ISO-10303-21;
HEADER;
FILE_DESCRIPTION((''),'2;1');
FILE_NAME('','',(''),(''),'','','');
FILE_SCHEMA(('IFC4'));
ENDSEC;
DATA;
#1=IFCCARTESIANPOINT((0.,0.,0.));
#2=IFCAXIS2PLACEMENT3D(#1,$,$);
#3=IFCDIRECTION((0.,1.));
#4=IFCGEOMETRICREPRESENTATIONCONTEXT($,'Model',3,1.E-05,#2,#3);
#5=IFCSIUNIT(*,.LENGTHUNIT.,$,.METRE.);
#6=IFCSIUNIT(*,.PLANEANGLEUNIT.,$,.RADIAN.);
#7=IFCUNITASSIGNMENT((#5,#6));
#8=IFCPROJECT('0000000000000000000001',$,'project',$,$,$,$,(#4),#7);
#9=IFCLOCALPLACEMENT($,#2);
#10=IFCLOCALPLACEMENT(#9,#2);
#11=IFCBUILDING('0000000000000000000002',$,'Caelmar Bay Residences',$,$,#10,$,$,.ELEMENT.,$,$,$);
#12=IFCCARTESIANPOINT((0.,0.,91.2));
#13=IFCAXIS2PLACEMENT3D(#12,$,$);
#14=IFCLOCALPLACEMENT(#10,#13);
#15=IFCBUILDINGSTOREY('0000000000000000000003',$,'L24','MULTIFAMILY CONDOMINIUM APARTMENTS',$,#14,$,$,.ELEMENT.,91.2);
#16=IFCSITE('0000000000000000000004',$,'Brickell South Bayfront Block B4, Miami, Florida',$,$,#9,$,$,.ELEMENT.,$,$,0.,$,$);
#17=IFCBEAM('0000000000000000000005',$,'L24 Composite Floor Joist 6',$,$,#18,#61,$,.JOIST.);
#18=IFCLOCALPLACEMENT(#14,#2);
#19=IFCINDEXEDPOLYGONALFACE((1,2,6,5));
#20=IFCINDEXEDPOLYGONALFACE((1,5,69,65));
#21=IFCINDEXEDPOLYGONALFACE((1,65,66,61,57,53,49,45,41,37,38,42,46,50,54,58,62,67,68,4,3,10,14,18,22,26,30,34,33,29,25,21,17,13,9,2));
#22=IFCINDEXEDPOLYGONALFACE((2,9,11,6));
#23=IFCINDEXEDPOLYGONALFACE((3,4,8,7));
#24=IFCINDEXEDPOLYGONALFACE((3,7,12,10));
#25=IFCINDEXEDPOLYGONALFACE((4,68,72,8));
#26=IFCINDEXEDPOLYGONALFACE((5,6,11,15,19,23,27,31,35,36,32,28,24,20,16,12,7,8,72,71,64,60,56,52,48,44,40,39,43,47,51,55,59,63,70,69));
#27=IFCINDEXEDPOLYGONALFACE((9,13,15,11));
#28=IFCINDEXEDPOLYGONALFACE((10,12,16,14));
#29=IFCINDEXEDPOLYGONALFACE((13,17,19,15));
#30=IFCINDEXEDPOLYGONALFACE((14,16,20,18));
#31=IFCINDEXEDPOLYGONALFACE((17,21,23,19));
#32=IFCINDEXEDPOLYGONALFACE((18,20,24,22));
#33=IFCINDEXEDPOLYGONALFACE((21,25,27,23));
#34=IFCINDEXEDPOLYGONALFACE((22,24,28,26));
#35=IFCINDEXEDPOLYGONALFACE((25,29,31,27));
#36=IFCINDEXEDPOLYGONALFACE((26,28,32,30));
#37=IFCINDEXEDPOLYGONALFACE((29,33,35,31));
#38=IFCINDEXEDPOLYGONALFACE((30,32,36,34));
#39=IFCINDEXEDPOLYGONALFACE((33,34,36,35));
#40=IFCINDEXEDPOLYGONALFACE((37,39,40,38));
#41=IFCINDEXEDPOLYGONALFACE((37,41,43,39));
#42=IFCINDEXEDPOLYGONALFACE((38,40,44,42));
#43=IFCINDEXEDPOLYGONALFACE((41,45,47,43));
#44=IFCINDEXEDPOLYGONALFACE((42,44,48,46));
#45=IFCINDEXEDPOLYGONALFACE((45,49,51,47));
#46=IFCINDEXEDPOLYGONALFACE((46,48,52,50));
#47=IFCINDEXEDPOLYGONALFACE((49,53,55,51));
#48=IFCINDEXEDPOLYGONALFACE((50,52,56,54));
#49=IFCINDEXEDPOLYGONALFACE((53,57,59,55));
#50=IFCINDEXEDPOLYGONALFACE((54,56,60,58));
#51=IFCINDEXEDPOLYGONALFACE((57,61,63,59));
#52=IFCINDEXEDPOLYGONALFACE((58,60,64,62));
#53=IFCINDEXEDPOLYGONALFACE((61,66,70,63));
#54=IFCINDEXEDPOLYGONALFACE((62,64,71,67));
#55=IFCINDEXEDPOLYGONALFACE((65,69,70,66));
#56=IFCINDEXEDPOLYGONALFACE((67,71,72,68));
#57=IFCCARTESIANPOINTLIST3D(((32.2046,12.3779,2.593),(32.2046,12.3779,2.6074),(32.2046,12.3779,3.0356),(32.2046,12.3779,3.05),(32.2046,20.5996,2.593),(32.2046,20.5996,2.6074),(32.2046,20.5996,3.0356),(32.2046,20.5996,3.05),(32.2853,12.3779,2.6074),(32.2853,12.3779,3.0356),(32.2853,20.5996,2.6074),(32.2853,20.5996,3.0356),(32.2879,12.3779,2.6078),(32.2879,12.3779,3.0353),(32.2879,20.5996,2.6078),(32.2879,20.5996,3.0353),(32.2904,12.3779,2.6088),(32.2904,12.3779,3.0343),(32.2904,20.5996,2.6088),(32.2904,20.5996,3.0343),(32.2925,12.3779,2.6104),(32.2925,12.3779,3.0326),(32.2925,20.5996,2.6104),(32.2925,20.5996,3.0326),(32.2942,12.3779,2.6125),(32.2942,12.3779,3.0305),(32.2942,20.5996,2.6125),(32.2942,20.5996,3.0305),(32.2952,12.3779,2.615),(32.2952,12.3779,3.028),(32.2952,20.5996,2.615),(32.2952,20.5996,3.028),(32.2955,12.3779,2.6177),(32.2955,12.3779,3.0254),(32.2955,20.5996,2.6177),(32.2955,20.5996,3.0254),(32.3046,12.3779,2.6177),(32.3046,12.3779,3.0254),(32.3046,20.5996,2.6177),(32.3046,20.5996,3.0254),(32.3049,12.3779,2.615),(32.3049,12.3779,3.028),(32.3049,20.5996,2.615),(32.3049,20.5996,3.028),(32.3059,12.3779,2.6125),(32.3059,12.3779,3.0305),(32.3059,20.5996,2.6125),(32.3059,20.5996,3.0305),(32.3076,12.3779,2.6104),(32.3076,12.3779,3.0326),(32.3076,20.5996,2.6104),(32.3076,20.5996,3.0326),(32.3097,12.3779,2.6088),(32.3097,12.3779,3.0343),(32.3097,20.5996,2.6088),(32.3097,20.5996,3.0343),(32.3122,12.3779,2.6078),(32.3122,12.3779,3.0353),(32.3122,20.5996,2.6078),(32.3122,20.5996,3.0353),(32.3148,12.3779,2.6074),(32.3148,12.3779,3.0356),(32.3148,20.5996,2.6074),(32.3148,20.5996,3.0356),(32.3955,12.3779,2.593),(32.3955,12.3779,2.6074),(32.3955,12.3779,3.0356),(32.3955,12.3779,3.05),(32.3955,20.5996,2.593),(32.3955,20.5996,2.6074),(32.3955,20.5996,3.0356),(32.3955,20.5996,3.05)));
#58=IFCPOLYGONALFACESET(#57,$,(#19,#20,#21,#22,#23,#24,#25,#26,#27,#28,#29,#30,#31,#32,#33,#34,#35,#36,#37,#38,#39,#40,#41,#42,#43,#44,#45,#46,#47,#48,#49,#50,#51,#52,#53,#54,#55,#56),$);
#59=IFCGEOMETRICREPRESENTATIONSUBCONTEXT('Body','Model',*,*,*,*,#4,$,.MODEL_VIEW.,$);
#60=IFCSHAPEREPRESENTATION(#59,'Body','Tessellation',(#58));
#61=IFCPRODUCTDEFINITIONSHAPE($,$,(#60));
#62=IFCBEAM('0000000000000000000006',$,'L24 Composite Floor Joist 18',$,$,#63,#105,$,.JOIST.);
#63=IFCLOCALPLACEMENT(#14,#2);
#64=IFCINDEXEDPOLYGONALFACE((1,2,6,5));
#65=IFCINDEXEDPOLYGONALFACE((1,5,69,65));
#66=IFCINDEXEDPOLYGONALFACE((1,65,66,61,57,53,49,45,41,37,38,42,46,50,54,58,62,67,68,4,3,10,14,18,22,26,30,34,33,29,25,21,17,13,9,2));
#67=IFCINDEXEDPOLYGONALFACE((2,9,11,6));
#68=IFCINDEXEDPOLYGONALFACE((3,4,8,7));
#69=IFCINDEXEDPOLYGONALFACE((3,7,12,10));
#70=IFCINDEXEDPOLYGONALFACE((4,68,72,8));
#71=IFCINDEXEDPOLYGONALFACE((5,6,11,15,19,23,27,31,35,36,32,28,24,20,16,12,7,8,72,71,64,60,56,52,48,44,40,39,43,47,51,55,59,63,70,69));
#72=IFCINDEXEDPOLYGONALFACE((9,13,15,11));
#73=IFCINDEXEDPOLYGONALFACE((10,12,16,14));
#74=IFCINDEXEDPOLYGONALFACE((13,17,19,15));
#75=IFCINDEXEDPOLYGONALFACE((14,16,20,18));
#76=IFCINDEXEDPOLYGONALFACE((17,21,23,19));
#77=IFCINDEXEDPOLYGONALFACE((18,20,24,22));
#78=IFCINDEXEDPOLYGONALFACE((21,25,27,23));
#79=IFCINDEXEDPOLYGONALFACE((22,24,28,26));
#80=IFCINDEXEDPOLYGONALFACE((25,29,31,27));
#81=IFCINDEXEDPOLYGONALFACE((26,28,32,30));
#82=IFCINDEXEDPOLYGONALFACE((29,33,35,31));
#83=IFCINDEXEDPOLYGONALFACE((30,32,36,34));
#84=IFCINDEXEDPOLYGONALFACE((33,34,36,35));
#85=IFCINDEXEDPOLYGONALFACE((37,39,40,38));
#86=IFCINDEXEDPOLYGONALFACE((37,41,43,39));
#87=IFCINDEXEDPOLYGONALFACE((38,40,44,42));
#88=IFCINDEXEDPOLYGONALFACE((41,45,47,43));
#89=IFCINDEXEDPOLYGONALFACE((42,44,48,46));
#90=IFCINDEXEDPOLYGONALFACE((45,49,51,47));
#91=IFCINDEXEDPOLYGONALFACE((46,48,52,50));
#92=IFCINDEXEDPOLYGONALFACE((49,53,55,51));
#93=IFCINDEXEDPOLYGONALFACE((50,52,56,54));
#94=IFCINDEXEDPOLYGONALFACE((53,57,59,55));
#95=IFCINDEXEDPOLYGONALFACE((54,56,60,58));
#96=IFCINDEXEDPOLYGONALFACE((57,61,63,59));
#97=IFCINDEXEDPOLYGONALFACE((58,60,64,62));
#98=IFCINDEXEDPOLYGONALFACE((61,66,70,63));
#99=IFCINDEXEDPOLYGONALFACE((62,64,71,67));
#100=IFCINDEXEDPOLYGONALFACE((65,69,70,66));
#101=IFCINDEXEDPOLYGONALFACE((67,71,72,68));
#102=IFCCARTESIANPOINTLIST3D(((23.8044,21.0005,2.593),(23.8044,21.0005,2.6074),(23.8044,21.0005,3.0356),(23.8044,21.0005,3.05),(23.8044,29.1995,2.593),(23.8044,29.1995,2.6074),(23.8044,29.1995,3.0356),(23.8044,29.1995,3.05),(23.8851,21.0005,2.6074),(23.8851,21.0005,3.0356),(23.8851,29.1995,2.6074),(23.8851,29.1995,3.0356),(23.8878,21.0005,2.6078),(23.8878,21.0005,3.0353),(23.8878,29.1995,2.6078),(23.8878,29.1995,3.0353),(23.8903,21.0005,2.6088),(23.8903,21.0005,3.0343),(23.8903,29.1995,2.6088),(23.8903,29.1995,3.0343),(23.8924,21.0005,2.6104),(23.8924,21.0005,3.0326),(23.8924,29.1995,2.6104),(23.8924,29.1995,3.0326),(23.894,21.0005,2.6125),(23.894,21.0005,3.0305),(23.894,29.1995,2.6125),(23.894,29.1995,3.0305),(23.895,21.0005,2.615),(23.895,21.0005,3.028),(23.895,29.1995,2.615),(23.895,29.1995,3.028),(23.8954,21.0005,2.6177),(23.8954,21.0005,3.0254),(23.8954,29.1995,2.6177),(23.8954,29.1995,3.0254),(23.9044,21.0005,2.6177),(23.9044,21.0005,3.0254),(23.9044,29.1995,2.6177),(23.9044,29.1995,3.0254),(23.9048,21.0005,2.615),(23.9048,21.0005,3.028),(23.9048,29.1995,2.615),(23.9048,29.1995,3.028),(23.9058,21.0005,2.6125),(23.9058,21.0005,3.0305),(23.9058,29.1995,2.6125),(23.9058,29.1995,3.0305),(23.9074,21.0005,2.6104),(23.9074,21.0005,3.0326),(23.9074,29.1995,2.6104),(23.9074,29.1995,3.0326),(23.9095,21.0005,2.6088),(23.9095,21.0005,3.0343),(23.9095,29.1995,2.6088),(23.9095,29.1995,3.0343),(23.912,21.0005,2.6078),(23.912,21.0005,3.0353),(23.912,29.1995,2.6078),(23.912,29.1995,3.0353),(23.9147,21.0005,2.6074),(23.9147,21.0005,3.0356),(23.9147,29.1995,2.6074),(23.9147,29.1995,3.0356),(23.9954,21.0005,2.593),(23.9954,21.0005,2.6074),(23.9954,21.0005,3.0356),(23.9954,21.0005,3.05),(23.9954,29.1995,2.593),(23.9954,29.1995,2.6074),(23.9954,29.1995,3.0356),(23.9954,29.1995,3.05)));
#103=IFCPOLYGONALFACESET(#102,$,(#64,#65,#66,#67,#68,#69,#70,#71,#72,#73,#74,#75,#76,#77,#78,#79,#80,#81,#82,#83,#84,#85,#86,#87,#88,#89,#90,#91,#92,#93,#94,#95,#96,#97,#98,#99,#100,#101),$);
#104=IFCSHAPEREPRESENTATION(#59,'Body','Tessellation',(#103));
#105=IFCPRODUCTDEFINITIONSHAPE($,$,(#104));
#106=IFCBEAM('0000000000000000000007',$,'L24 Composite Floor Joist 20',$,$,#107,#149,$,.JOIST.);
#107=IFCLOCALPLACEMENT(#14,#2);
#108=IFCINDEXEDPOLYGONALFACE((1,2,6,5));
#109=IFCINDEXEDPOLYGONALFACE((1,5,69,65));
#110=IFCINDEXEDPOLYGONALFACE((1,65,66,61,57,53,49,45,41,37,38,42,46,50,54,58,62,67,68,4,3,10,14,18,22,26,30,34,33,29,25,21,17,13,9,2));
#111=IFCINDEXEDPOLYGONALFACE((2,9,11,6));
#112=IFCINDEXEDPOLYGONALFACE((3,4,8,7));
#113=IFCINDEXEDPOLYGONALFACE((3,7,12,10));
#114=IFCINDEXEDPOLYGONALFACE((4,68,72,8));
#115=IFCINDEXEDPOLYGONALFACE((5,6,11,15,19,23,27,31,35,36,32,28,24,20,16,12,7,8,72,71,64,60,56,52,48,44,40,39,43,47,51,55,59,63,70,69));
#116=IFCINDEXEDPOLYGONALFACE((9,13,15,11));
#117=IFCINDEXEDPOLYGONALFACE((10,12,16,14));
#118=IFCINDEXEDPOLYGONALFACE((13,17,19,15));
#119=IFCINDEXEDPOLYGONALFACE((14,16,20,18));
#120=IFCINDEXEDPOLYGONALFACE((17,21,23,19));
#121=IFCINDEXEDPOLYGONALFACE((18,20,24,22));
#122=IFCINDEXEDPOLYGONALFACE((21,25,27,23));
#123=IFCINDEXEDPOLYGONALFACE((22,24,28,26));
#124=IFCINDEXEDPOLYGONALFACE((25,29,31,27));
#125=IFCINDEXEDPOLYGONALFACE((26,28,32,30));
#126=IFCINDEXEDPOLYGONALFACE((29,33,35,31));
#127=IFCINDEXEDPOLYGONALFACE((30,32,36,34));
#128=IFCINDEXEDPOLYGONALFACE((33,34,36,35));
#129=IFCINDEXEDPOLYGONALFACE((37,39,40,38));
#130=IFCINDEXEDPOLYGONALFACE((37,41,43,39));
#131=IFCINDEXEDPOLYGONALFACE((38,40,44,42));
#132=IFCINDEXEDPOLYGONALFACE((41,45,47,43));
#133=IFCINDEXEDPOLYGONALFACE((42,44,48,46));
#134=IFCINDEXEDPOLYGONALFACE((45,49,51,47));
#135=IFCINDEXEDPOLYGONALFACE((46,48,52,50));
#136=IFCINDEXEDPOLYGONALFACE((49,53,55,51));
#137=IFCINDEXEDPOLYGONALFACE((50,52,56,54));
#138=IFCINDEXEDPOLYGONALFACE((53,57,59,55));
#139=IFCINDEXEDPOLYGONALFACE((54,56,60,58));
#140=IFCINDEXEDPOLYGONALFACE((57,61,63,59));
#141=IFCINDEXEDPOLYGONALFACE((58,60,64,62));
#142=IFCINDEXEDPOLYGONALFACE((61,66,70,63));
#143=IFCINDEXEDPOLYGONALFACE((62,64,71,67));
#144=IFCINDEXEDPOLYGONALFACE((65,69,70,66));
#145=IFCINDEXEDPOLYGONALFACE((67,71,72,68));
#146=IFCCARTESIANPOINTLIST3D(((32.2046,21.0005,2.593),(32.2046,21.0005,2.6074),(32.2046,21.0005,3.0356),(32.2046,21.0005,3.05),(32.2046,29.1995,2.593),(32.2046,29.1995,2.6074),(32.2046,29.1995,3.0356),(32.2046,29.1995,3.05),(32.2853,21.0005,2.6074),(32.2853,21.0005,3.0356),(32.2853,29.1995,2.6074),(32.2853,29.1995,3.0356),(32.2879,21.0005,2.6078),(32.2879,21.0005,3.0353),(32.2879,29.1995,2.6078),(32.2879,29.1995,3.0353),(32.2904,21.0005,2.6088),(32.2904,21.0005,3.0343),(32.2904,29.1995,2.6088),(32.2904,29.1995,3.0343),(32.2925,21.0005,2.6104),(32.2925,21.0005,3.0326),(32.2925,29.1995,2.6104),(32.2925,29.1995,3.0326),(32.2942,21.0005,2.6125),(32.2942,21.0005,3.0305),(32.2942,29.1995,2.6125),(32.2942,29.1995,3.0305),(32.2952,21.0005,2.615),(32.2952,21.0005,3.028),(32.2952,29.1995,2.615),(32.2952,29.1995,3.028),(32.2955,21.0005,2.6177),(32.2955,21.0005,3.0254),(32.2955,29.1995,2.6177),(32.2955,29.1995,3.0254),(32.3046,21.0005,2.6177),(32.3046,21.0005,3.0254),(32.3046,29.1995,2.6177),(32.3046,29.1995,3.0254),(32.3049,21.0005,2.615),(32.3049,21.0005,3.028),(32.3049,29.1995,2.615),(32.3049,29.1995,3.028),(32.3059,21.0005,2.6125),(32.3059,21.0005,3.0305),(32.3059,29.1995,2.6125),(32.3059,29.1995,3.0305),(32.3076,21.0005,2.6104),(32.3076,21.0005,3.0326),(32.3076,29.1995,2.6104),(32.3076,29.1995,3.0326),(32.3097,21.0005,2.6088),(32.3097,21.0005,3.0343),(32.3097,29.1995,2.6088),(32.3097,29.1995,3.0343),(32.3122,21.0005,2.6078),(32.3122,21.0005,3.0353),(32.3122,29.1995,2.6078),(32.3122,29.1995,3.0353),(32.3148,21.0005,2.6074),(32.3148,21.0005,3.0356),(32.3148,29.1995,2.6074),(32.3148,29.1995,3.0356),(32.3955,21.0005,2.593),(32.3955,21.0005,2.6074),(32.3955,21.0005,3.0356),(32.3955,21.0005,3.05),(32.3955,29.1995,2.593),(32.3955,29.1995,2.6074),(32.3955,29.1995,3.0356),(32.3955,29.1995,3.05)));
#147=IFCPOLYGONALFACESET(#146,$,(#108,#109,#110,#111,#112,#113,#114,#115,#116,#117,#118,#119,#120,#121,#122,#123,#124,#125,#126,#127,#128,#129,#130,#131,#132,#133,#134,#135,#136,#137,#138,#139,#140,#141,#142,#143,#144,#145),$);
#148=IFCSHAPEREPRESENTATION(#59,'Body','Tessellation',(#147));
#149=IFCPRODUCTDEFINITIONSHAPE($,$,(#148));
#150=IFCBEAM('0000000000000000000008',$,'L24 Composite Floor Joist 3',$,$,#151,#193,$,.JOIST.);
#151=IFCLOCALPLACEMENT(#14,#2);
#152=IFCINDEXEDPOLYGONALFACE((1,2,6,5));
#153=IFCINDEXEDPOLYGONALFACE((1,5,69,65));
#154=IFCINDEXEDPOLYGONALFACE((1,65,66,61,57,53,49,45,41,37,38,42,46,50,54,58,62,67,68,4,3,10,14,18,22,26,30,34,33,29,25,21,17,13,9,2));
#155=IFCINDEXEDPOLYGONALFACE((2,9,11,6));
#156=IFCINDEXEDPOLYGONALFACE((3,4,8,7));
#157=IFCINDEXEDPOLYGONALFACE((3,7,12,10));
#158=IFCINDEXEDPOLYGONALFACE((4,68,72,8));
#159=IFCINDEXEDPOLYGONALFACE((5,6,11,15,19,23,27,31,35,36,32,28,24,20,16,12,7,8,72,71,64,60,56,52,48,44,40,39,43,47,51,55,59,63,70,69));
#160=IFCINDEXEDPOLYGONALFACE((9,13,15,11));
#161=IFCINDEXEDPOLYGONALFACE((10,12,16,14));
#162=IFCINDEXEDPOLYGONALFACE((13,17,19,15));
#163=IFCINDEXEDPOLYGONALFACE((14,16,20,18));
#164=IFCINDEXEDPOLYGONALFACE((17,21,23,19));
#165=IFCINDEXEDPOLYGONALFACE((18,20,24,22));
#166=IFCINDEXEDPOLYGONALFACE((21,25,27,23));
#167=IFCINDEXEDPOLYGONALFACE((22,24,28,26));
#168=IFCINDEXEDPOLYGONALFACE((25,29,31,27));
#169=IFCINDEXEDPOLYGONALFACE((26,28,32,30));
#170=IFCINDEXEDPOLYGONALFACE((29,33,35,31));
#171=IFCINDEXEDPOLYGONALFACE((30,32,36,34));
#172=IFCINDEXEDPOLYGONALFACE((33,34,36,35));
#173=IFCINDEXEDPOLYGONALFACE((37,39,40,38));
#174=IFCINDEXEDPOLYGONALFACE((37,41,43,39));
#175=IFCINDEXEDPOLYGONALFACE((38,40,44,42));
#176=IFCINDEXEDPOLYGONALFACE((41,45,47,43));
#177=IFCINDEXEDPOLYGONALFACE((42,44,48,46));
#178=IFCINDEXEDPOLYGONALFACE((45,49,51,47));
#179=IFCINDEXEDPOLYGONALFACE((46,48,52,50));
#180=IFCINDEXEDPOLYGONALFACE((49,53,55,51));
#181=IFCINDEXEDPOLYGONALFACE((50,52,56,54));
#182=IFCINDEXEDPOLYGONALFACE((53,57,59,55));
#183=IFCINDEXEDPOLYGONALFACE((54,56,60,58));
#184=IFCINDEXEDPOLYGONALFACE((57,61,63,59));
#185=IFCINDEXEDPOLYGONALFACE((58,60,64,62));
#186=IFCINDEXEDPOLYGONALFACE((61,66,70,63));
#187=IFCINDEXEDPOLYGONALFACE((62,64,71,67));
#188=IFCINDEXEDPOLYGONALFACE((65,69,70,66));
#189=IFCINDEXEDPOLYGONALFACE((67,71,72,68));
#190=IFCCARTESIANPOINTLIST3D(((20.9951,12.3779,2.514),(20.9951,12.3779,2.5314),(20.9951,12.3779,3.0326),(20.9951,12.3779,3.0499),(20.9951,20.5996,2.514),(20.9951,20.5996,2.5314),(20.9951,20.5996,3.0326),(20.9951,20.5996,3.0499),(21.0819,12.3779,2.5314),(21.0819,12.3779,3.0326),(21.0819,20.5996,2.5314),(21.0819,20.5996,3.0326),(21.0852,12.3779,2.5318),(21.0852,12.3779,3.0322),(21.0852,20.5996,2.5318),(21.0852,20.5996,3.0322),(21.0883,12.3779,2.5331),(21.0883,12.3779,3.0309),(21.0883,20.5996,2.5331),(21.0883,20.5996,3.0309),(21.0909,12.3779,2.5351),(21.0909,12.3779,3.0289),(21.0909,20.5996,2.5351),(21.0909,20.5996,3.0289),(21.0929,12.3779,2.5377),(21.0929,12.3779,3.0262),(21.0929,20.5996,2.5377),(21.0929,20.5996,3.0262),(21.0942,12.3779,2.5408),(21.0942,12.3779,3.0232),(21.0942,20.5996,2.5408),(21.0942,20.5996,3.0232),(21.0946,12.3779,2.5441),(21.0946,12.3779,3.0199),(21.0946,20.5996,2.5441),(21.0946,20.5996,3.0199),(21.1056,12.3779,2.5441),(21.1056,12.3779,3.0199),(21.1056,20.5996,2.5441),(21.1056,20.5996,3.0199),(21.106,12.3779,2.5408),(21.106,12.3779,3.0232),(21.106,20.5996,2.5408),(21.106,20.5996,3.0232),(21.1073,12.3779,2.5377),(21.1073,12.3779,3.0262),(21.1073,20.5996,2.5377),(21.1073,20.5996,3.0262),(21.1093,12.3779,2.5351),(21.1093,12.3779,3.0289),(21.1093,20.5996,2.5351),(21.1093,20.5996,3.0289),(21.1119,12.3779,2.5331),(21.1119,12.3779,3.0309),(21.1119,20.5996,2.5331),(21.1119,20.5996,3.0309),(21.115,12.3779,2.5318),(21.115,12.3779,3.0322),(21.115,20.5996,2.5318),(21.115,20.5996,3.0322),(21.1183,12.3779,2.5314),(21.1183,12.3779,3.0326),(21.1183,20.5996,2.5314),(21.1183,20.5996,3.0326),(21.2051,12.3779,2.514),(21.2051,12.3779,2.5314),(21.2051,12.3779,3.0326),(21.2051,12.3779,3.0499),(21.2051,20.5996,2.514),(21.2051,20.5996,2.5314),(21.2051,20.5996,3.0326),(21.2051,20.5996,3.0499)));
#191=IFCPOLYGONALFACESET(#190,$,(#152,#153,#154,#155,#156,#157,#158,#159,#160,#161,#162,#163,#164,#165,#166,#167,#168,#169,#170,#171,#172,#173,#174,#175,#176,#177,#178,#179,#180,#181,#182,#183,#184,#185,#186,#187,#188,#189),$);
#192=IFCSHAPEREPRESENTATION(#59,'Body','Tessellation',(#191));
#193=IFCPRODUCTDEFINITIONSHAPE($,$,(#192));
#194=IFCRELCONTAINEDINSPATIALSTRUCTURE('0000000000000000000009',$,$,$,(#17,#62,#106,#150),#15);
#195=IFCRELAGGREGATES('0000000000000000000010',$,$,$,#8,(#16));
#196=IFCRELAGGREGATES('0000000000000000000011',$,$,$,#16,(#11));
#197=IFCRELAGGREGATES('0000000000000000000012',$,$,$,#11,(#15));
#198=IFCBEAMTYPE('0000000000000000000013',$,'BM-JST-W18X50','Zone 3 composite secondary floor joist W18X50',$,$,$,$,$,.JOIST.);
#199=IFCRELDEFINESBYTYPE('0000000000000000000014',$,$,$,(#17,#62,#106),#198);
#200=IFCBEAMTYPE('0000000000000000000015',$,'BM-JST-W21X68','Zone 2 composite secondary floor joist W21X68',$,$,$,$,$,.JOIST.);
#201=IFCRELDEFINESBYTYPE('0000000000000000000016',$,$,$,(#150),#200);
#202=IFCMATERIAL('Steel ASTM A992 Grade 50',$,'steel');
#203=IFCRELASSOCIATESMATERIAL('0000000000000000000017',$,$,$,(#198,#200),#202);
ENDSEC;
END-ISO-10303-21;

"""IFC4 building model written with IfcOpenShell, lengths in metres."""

from ifc_helpers import new_model, si_unit, direction, frame, origin, origin_2d, place, context, subcontext, project, spatial, i_section, extrude, material, material_profile, profile_set, type_object, element, save


model = new_model("IFC4")

# Units and contexts
model_context = context("Model", 3, precision=1e-05, world=origin(), true_north=direction((0.0, 1.0)))
body_context = subcontext(model_context, "Body", "Model", "MODEL_VIEW")
ifc_project = project(units=[si_unit("LENGTHUNIT", "METRE"), si_unit("PLANEANGLEUNIT", "RADIAN")], contexts=[model_context])

# Site, building, storey
site_placement = place(None, origin())
site = spatial("IfcSite", under=ifc_project, at=site_placement, Name="Brickell South Bayfront Block B4, Miami, Florida", CompositionType="ELEMENT", RefElevation=0.0)
building_placement = place(site_placement, origin())
building = spatial("IfcBuilding", under=site, at=building_placement, Name="Caelmar Bay Residences", CompositionType="ELEMENT")
storey_placement = place(building_placement, frame((0.0, 0.0, 91.2)))
storey = spatial("IfcBuildingStorey", under=building, at=storey_placement, Name="L24", Description="MULTIFAMILY CONDOMINIUM APARTMENTS", CompositionType="ELEMENT", Elevation=91.2)

# Beams
ifc_material_1 = material(Name="Steel ASTM A992 Grade 50", Category="steel")
ifc_material_profile_1 = material_profile(ifc_material_1, i_section(OverallWidth=0.1909, OverallDepth=0.457, WebThickness=0.009, FlangeThickness=0.0144, FilletRadius=0.0103, at=origin_2d()), Name="W18X50")
ifc_profile_set_1 = profile_set([ifc_material_profile_1], Name="Steel ASTM A992 Grade 50")
beam_type_1 = type_object("IfcBeamType", Name="BM-JST-W18X50", Description="Zone 3 composite secondary floor joist W18X50", PredefinedType="JOIST", material=ifc_profile_set_1)
for number, where, z_axis, x_axis, name in (
    (1, (32.3, 12.3779, 2.8215), (0.0, 1.0, 0.0), (-1.0, 0.0, 0.0), "L24 Composite Floor Joist 6"),
):
    element("IfcBeam", number, at=place(storey_placement, frame(where, z_axis=z_axis, x_axis=x_axis)), inside=storey, type_object=beam_type_1, Name=name, PredefinedType="JOIST", context=body_context, shape_type="SweptSolid", body=[
        extrude(i_section(OverallWidth=0.1909, OverallDepth=0.457, WebThickness=0.009, FlangeThickness=0.0144, FilletRadius=0.0103, at=origin_2d()), origin(), (0.0, 0.0, 1.0), 8.2217),
    ])
for number, where, z_axis, x_axis, name in (
    (2, (23.8999, 21.0005, 2.8215), (0.0, 1.0, 0.0), (-1.0, 0.0, 0.0), "L24 Composite Floor Joist 18"),
    (3, (32.3, 21.0005, 2.8215), (0.0, 1.0, 0.0), (-1.0, 0.0, 0.0), "L24 Composite Floor Joist 20"),
):
    element("IfcBeam", number, at=place(storey_placement, frame(where, z_axis=z_axis, x_axis=x_axis)), inside=storey, type_object=beam_type_1, Name=name, PredefinedType="JOIST", context=body_context, shape_type="SweptSolid", body=[
        extrude(i_section(OverallWidth=0.1909, OverallDepth=0.457, WebThickness=0.009, FlangeThickness=0.0144, FilletRadius=0.0103, at=origin_2d()), origin(), (0.0, 0.0, 1.0), 8.199),
    ])
ifc_material_profile_2 = material_profile(ifc_material_1, i_section(OverallWidth=0.21, OverallDepth=0.5359, WebThickness=0.011, FlangeThickness=0.0173, FilletRadius=0.0127, at=origin_2d()), Name="W21X68")
ifc_profile_set_2 = profile_set([ifc_material_profile_2], Name="Steel ASTM A992 Grade 50")
beam_type_2 = type_object("IfcBeamType", Name="BM-JST-W21X68", Description="Zone 2 composite secondary floor joist W21X68", PredefinedType="JOIST", material=ifc_profile_set_2)
for number, where, z_axis, x_axis, name in (
    (4, (21.1001, 12.3779, 2.782), (0.0, 1.0, 0.0), (-1.0, 0.0, 0.0), "L24 Composite Floor Joist 3"),
):
    element("IfcBeam", number, at=place(storey_placement, frame(where, z_axis=z_axis, x_axis=x_axis)), inside=storey, type_object=beam_type_2, Name=name, PredefinedType="JOIST", context=body_context, shape_type="SweptSolid", body=[
        extrude(i_section(OverallWidth=0.21, OverallDepth=0.5359, WebThickness=0.011, FlangeThickness=0.0173, FilletRadius=0.0127, at=origin_2d()), origin(), (0.0, 0.0, 1.0), 8.2217),
    ])

save(model, "model.ifc")
